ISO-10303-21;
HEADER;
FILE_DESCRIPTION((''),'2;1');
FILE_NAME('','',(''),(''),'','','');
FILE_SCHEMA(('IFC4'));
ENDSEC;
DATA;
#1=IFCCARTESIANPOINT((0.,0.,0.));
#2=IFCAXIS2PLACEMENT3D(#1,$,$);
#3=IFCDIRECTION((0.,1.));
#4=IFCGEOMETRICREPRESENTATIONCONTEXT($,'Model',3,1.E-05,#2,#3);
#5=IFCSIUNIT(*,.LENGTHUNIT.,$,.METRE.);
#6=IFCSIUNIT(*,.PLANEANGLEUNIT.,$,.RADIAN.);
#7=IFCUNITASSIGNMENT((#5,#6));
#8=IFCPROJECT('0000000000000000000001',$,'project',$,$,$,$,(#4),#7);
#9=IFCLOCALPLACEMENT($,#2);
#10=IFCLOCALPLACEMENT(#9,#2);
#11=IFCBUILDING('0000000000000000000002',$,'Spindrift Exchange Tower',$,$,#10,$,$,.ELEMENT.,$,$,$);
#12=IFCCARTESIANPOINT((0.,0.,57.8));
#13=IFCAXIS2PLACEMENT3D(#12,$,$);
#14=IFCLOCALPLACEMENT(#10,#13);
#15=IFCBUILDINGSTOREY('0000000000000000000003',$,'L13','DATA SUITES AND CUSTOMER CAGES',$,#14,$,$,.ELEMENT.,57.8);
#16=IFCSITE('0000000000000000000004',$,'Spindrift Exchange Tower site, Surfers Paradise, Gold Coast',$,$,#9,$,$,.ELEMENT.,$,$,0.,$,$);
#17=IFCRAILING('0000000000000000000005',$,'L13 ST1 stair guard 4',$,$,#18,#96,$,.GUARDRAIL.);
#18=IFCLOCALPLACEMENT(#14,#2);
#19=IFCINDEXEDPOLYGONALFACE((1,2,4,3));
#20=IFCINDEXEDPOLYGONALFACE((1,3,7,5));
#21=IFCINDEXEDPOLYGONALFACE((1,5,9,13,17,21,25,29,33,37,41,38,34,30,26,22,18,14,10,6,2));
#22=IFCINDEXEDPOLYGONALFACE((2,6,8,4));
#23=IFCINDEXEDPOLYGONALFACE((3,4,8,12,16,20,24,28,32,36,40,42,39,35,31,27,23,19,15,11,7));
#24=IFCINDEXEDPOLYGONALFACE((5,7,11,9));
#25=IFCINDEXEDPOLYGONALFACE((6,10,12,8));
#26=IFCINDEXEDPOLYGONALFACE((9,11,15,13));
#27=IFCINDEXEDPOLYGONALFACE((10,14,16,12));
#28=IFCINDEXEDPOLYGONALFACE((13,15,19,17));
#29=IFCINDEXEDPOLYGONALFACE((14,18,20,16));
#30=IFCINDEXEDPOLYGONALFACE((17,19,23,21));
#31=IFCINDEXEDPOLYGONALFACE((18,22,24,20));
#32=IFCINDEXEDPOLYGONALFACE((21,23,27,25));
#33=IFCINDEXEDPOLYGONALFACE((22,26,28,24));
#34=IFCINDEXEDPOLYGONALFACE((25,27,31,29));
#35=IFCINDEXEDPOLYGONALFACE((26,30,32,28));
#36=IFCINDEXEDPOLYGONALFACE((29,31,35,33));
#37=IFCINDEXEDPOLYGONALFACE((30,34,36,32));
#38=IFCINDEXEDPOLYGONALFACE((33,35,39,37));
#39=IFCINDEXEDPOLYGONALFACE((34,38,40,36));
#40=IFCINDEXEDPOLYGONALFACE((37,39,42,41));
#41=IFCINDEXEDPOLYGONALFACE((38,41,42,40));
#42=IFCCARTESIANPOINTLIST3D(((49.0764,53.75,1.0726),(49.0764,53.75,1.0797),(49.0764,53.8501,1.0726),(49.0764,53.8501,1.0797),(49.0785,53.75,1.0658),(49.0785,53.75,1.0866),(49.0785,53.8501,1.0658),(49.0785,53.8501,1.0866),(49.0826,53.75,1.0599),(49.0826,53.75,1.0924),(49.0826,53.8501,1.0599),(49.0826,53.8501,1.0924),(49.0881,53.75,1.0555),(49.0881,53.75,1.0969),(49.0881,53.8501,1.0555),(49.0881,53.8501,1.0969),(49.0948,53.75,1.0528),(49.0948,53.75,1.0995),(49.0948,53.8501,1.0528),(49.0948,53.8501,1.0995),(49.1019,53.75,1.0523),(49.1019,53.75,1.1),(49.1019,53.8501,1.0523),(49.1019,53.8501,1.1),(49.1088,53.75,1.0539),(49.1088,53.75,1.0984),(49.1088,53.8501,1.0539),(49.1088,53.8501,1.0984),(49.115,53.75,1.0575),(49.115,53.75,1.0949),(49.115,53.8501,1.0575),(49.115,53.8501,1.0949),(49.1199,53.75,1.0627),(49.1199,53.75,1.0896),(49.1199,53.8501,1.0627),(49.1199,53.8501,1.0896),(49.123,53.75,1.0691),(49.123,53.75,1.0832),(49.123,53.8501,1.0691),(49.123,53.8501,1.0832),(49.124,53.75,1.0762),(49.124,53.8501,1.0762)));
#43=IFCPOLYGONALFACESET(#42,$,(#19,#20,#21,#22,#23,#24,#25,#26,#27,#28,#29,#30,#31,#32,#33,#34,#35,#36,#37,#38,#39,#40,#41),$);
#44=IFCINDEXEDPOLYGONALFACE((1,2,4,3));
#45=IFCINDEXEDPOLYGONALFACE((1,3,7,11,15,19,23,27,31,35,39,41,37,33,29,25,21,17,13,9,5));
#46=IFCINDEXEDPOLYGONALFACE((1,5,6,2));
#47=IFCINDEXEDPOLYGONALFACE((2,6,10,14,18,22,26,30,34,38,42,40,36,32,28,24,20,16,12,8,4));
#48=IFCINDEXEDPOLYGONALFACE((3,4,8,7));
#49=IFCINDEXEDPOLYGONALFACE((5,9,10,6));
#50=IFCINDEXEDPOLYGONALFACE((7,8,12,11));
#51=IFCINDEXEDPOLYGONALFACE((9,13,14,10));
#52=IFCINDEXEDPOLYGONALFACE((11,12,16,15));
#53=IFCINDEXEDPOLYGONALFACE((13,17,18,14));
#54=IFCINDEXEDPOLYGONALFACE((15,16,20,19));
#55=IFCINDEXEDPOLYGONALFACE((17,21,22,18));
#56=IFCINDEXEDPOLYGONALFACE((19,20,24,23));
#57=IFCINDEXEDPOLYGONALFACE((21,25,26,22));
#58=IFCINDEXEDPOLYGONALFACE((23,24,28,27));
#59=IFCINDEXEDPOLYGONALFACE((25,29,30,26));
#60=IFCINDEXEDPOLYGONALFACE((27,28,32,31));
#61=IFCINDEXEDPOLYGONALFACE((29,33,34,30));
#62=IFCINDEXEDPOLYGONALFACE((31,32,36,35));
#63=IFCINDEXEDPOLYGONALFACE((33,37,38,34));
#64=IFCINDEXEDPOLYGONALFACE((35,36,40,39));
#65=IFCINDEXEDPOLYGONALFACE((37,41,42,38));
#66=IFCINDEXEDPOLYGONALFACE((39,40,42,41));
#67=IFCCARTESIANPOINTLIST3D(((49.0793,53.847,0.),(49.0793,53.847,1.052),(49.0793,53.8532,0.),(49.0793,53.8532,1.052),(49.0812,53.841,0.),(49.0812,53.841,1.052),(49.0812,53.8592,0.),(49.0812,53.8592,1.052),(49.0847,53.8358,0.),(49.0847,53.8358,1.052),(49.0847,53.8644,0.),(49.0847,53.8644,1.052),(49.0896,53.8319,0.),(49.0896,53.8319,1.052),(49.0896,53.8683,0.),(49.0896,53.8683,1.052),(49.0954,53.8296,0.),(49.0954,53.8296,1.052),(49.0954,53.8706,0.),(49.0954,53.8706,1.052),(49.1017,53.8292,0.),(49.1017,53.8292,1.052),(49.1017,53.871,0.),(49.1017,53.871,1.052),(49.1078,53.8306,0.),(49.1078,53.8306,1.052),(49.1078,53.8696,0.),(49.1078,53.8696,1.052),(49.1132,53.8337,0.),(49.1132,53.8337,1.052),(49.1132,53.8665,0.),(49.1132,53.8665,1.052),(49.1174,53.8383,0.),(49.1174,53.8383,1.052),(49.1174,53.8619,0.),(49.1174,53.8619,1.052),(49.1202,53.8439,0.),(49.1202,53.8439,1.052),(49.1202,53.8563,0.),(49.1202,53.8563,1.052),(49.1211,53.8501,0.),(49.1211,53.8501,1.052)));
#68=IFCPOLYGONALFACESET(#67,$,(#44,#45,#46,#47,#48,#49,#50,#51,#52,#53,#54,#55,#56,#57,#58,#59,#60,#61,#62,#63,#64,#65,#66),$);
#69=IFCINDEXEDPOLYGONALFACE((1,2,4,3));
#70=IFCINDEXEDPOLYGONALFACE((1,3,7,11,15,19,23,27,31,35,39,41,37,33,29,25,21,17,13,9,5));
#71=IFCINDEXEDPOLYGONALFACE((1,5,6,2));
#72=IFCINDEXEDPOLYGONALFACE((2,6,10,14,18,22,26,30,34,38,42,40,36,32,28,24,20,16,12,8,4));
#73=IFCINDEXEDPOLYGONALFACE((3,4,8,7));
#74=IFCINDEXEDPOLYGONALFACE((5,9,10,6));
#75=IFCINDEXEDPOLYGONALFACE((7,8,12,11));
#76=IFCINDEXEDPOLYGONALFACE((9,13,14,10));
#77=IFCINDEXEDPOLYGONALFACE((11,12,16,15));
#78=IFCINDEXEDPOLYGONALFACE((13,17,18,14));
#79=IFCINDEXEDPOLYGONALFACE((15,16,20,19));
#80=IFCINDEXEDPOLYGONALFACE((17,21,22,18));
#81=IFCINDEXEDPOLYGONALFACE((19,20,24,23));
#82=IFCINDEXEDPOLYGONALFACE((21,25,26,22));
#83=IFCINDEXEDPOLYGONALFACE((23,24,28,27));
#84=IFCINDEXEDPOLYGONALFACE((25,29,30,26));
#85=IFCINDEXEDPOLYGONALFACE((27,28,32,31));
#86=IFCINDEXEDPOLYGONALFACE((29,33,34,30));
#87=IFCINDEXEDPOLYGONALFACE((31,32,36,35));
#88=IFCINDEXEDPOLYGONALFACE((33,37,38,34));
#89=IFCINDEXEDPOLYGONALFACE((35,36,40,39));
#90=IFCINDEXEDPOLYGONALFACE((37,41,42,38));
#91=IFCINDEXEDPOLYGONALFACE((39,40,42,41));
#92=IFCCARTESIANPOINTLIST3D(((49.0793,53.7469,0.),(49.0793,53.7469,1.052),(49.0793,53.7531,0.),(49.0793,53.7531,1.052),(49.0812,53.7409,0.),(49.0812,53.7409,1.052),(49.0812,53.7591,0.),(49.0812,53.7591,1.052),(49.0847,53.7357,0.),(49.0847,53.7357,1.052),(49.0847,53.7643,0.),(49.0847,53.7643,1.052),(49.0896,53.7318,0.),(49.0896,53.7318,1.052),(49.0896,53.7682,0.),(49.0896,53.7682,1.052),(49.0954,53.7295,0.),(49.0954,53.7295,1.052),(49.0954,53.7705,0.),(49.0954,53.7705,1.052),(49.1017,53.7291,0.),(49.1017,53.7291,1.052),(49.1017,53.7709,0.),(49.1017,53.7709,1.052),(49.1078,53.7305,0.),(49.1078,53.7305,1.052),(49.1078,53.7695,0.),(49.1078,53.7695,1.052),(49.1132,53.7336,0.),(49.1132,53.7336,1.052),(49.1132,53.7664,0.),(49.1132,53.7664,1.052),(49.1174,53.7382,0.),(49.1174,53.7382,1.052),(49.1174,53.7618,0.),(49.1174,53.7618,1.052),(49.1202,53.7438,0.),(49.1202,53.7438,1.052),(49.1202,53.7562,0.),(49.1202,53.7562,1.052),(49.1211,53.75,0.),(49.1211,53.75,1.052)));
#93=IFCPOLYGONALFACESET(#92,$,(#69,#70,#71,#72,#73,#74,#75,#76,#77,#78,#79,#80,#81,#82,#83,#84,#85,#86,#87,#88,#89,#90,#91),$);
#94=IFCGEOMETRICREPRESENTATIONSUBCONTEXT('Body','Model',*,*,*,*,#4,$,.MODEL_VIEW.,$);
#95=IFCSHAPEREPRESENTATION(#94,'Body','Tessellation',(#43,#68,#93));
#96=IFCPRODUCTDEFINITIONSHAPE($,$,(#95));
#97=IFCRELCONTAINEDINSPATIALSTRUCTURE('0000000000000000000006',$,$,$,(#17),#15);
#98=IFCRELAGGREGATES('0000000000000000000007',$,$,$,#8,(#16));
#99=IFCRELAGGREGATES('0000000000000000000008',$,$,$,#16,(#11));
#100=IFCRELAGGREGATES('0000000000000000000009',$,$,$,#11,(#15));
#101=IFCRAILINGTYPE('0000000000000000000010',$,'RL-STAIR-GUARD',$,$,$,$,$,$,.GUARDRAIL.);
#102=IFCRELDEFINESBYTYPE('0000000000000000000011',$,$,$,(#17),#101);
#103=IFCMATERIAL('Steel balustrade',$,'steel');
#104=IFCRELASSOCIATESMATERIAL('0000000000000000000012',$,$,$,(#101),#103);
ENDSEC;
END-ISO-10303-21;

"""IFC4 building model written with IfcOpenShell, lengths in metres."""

from ifc_helpers import new_model, si_unit, direction, frame, origin, origin_2d, place, context, subcontext, project, spatial, circle, extrude, material, type_object, element, save


model = new_model("IFC4")

# Units and contexts
model_context = context("Model", 3, precision=1e-05, world=origin(), true_north=direction((0.0, 1.0)))
body_context = subcontext(model_context, "Body", "Model", "MODEL_VIEW")
ifc_project = project(units=[si_unit("LENGTHUNIT", "METRE"), si_unit("PLANEANGLEUNIT", "RADIAN")], contexts=[model_context])

# Site, building, storey
site_placement = place(None, origin())
site = spatial("IfcSite", under=ifc_project, at=site_placement, Name="Spindrift Exchange Tower site, Surfers Paradise, Gold Coast", CompositionType="ELEMENT", RefElevation=0.0)
building_placement = place(site_placement, origin())
building = spatial("IfcBuilding", under=site, at=building_placement, Name="Spindrift Exchange Tower", CompositionType="ELEMENT")
storey_placement = place(building_placement, frame((0.0, 0.0, 57.8)))
storey = spatial("IfcBuildingStorey", under=building, at=storey_placement, Name="L13", Description="DATA SUITES AND CUSTOMER CAGES", CompositionType="ELEMENT", Elevation=57.8)

# Railing
ifc_material_1 = material(Name="Steel balustrade", Category="steel")
railing_type_1 = type_object("IfcRailingType", Name="RL-STAIR-GUARD", PredefinedType="GUARDRAIL", material=ifc_material_1)
railing_1_placement = place(storey_placement, frame((49.1001, 53.8501, 0.0)))
element("IfcRailing", 1, at=railing_1_placement, inside=storey, type_object=railing_type_1, Name="L13 ST1 stair guard 4", PredefinedType="GUARDRAIL", context=body_context, shape_type="SweptSolid", body=[
    extrude(circle(Radius=0.0239, at=origin_2d()), frame((0.0, 0.0, 1.0762), z_axis=(0.0, -1.0, 0.0), x_axis=(1.0, 0.0, 0.0)), (0.0, 0.0, 1.0), 0.1001),
    extrude(circle(Radius=0.021, at=origin_2d()), origin(), (0.0, 0.0, 1.0), 1.052),
    extrude(circle(Radius=0.021, at=origin_2d()), frame((0.0, -0.1001, 0.0)), (0.0, 0.0, 1.0), 1.052),
])

save(model, "model.ifc")
